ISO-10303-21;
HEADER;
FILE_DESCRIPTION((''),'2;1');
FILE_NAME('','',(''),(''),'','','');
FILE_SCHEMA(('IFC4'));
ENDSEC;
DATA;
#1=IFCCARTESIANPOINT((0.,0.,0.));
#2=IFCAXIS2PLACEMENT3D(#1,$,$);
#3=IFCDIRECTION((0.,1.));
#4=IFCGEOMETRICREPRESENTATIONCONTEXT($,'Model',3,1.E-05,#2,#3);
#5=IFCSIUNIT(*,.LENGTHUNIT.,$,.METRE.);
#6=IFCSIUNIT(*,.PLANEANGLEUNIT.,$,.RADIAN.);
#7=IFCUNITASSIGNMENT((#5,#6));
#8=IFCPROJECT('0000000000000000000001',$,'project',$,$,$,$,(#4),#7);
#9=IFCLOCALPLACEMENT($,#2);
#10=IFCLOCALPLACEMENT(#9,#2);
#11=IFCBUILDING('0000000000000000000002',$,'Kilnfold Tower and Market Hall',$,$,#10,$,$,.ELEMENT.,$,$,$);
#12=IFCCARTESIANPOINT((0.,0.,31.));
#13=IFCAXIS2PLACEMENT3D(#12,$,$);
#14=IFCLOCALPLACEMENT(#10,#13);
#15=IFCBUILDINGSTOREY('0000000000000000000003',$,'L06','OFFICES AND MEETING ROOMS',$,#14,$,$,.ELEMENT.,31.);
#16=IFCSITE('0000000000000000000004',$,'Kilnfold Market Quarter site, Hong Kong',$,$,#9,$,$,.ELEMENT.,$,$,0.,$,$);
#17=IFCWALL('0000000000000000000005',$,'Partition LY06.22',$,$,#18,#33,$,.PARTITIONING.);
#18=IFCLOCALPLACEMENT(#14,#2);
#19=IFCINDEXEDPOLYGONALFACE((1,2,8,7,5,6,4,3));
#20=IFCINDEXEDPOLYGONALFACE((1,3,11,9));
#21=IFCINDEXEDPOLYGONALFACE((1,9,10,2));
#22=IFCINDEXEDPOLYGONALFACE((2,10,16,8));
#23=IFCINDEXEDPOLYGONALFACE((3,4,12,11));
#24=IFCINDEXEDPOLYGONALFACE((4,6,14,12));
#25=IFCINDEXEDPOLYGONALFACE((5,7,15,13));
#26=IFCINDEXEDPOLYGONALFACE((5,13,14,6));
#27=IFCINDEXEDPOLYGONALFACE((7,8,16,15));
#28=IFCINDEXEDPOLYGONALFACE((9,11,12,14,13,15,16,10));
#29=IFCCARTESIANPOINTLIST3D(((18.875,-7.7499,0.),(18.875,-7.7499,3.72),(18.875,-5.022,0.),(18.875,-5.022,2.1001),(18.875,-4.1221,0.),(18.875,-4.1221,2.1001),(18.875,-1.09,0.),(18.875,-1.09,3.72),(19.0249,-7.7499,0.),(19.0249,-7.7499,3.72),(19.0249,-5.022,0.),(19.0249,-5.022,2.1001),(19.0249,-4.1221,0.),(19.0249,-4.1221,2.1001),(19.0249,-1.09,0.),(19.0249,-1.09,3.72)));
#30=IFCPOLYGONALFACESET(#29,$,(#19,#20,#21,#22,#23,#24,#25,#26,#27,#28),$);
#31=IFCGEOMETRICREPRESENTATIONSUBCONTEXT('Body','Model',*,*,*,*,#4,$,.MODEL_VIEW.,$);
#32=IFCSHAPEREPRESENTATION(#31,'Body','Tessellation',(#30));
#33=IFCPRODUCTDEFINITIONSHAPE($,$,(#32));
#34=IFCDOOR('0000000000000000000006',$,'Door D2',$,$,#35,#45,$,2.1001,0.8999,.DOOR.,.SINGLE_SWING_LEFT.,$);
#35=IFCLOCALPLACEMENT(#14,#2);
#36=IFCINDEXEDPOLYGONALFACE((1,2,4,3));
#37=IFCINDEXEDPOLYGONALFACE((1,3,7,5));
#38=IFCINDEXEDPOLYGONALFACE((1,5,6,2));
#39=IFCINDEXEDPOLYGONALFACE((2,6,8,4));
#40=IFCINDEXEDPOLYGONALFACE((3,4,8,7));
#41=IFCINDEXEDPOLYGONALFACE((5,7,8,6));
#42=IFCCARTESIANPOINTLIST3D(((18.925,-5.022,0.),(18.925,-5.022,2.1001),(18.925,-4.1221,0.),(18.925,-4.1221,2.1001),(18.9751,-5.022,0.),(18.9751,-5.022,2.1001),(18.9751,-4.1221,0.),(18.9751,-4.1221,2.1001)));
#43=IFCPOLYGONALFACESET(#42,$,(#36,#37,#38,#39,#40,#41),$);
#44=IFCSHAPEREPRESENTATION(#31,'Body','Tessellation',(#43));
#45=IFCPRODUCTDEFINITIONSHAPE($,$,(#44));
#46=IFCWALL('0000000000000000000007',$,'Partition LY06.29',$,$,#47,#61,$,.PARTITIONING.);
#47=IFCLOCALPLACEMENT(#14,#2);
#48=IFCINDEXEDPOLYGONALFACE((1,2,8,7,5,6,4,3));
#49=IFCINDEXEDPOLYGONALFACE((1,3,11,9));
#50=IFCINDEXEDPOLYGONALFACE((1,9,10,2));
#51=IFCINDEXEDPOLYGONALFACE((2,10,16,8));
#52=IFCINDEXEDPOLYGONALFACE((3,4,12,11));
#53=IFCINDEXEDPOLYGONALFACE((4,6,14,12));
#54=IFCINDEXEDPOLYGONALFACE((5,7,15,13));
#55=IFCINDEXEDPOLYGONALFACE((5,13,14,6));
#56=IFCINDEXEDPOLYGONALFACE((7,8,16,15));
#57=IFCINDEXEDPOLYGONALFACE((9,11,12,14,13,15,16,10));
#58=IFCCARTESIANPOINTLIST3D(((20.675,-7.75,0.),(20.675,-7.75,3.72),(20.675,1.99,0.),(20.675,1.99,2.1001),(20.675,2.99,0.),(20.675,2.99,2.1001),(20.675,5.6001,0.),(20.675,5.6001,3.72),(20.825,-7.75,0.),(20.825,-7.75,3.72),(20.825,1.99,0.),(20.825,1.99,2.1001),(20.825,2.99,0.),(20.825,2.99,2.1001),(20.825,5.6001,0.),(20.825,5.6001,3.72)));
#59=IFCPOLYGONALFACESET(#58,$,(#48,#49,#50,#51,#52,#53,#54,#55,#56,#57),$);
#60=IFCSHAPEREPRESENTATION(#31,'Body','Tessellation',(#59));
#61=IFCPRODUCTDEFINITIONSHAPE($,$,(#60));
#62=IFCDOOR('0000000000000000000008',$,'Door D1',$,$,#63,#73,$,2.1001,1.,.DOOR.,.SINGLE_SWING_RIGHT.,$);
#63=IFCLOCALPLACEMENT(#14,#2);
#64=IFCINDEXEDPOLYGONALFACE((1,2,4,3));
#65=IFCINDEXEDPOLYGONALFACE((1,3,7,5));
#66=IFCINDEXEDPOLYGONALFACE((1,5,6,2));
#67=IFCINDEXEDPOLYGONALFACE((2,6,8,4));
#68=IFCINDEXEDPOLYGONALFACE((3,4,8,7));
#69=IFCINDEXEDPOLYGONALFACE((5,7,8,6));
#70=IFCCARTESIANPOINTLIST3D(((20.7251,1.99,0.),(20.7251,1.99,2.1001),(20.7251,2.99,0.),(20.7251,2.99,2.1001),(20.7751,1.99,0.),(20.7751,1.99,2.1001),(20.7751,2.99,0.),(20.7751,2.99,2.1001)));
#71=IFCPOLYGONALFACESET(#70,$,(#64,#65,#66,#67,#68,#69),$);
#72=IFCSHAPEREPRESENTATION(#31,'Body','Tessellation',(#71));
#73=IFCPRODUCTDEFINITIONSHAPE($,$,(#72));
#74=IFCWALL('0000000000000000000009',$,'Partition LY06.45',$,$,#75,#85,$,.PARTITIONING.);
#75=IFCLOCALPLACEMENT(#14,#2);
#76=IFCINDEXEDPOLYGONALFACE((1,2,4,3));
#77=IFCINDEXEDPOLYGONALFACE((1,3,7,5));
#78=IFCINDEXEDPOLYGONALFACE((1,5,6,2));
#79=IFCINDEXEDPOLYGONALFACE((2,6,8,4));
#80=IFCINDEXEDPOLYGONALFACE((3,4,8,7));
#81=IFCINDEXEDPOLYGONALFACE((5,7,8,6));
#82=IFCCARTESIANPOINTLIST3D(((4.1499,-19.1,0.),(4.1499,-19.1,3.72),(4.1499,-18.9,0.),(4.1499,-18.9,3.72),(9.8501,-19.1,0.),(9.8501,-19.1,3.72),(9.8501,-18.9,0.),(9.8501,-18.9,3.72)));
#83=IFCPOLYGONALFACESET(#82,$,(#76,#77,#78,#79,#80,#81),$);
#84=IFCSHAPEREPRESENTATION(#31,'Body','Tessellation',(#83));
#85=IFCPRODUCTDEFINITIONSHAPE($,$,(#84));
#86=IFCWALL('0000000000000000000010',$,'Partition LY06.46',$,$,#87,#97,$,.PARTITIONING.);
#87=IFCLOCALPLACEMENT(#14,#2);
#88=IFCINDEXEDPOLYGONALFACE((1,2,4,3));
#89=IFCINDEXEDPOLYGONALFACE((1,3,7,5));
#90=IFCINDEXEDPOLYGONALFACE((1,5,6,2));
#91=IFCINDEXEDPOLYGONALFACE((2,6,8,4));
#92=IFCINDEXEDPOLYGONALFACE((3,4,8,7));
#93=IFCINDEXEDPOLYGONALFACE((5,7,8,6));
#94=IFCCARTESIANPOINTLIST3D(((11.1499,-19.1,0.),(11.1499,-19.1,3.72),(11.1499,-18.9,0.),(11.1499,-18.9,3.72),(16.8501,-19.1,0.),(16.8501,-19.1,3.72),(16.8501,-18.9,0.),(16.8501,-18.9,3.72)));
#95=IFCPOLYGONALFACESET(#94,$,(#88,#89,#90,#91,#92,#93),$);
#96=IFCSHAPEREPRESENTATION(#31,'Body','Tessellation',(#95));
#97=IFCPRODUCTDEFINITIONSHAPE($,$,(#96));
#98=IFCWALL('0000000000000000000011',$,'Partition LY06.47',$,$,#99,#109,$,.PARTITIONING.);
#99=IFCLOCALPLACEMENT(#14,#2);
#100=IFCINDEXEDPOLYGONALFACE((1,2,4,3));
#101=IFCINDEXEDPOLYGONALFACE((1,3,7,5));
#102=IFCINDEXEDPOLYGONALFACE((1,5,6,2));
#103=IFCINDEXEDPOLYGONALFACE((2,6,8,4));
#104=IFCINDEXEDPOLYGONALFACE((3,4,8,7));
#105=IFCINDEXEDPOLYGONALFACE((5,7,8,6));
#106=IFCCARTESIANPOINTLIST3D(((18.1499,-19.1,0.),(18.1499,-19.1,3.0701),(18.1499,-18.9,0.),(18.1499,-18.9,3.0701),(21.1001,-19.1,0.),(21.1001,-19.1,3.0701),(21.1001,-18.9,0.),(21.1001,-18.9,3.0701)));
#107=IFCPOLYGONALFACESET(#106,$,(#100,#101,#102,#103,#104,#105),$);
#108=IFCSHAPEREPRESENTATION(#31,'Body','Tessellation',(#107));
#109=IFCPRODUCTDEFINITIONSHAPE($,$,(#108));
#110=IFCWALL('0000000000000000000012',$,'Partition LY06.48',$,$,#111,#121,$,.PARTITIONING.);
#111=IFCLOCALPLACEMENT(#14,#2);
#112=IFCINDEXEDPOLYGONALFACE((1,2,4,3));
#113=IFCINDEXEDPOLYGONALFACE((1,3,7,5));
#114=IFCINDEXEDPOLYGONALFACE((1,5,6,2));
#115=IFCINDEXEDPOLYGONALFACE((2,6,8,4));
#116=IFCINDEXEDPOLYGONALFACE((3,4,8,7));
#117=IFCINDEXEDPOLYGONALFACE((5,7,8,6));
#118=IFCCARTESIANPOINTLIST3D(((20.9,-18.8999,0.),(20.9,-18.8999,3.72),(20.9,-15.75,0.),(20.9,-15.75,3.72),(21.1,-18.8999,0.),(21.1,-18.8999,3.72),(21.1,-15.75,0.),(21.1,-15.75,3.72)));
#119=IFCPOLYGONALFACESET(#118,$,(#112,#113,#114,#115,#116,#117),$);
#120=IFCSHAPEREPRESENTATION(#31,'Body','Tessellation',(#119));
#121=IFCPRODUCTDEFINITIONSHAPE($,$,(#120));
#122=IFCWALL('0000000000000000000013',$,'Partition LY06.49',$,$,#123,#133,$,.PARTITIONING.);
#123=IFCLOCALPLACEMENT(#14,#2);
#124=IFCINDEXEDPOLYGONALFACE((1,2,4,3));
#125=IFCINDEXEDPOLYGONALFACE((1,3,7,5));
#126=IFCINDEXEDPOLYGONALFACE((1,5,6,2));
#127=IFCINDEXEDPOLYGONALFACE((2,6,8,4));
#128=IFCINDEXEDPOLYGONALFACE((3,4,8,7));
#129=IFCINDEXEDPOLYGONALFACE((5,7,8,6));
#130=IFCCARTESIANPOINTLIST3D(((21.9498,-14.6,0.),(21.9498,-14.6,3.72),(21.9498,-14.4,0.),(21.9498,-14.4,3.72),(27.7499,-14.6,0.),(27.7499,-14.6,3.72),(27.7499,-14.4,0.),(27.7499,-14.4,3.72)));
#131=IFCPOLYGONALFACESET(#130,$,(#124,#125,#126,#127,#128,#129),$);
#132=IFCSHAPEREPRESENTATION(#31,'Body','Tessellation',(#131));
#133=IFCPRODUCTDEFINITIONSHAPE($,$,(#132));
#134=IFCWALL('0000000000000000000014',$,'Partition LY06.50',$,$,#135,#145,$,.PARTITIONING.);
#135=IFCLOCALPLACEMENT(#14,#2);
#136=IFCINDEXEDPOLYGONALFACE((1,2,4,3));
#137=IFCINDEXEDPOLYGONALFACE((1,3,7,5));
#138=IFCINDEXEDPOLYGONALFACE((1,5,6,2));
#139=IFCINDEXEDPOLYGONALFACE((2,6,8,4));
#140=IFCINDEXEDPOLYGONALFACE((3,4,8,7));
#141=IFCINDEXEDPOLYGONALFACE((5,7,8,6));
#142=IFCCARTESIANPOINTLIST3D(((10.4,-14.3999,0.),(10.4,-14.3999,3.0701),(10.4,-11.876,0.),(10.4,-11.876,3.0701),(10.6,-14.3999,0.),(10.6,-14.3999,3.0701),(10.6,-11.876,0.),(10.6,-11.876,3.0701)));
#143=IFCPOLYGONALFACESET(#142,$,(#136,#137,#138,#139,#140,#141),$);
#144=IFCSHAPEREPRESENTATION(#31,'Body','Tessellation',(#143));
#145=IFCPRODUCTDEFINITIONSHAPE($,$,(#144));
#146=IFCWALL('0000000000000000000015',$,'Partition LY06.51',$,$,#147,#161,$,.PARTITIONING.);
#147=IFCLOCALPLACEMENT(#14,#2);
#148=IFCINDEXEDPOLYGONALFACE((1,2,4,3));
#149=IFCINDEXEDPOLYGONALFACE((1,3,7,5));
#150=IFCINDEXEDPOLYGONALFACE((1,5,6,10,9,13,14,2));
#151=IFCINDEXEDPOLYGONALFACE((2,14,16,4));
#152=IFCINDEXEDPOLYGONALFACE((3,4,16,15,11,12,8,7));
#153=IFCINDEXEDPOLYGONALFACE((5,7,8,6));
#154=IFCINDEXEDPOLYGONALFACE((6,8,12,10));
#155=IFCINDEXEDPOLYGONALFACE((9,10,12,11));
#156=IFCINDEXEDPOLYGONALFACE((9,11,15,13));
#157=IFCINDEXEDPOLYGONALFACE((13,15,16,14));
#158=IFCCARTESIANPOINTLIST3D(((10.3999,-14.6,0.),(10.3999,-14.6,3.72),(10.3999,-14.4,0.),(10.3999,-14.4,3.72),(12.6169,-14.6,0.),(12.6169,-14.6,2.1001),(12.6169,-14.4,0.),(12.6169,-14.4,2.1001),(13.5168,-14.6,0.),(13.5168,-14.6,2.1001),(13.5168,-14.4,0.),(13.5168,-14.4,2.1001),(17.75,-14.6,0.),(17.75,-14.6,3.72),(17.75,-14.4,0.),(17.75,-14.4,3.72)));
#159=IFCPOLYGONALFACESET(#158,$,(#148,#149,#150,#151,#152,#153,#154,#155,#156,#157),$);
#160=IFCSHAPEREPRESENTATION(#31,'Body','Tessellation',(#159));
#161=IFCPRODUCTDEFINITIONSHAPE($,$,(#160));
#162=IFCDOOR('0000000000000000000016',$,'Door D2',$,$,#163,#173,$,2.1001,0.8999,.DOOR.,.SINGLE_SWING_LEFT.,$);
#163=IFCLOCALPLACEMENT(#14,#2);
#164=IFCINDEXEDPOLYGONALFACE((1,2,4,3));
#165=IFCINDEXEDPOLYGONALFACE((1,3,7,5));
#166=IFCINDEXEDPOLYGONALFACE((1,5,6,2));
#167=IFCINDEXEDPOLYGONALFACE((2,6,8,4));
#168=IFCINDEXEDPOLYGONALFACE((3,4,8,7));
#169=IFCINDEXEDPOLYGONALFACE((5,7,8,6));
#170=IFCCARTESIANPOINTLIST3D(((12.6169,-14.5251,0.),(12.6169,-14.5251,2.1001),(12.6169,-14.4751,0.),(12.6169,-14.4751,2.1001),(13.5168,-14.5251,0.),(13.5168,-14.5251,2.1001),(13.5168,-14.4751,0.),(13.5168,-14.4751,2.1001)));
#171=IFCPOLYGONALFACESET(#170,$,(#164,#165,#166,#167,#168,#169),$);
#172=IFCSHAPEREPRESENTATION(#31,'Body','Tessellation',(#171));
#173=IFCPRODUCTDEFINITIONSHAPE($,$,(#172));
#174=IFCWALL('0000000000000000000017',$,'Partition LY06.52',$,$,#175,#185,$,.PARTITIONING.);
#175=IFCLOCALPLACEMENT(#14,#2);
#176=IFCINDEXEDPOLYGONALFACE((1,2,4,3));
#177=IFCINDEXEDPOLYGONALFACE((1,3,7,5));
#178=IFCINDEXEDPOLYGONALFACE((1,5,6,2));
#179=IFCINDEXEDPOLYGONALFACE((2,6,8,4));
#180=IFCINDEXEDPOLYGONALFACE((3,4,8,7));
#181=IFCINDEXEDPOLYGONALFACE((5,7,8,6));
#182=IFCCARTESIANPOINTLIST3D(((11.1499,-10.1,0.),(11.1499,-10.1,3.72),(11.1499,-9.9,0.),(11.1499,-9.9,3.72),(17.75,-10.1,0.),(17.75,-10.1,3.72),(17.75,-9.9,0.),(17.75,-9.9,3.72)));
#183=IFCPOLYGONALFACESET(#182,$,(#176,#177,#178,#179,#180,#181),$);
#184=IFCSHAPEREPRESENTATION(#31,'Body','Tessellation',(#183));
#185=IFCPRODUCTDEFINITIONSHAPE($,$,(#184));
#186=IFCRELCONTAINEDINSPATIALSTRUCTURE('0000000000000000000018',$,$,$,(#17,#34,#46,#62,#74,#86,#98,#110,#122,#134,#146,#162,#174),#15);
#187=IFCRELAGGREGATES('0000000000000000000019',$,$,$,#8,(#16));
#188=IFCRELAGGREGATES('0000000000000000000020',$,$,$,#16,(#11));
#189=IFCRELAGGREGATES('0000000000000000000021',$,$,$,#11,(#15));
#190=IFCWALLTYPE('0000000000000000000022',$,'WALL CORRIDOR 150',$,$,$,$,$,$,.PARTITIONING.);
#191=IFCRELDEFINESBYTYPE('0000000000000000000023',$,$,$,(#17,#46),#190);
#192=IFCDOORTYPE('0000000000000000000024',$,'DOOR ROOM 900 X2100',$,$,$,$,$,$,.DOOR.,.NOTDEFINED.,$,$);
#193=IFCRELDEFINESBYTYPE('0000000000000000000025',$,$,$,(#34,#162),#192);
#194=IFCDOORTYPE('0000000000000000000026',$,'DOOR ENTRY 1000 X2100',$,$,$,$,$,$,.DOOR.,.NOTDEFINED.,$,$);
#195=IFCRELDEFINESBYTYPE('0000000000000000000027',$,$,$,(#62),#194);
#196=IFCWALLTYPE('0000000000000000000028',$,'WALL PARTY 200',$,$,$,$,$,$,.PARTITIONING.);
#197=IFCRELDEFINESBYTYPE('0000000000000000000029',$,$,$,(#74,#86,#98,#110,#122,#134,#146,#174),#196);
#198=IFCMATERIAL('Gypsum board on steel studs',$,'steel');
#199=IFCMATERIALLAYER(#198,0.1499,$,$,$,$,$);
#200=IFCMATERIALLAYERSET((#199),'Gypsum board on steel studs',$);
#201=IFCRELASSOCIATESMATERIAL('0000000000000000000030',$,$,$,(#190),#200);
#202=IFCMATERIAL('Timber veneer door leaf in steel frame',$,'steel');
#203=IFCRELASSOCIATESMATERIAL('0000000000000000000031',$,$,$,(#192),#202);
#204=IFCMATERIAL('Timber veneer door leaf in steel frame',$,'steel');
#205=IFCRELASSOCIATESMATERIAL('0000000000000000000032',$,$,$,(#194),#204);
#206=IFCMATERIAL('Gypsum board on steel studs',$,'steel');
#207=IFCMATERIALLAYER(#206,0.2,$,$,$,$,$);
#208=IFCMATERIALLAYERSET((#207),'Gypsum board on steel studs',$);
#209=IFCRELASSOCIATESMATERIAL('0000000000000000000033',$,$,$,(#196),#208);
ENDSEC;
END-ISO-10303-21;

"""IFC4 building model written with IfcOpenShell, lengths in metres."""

from ifc_helpers import new_model, si_unit, direction, frame, frame_2d, origin, place, context, subcontext, project, spatial, rectangle, extrude, material, layer, layer_set, type_object, element, fill, save


model = new_model("IFC4")

# Units and contexts
model_context = context("Model", 3, precision=1e-05, world=origin(), true_north=direction((0.0, 1.0)))
body_context = subcontext(model_context, "Body", "Model", "MODEL_VIEW")
ifc_project = project(units=[si_unit("LENGTHUNIT", "METRE"), si_unit("PLANEANGLEUNIT", "RADIAN")], contexts=[model_context])

# Site, building, storey
site_placement = place(None, origin())
site = spatial("IfcSite", under=ifc_project, at=site_placement, Name="Kilnfold Market Quarter site, Hong Kong", CompositionType="ELEMENT", RefElevation=0.0)
building_placement = place(site_placement, origin())
building = spatial("IfcBuilding", under=site, at=building_placement, Name="Kilnfold Tower and Market Hall", CompositionType="ELEMENT")
storey_placement = place(building_placement, frame((0.0, 0.0, 31.0)))
storey = spatial("IfcBuildingStorey", under=building, at=storey_placement, Name="L06", Description="OFFICES AND MEETING ROOMS", CompositionType="ELEMENT", Elevation=31.0)

# Shared definitions
ifc_material_1 = material(Name="Gypsum board on steel studs", Category="steel")
ifc_layer_1 = layer(ifc_material_1, 0.1499)
ifc_layer_set_1 = layer_set([ifc_layer_1], Name="Gypsum board on steel studs")
wall_type_1 = type_object("IfcWallType", Name="WALL CORRIDOR 150", PredefinedType="PARTITIONING", material=ifc_layer_set_1)

# Walls, openings, doors
wall_1_placement = place(storey_placement, frame((18.95, -7.75, 0.0), z_axis=(0.0, 0.0, 1.0), x_axis=(0.0, 1.0, 0.0)))
wall_1 = element("IfcWall", 1, at=wall_1_placement, inside=storey, type_object=wall_type_1, Name="Partition LY06.22", PredefinedType="PARTITIONING", context=body_context, shape_type="SweptSolid", body=[
    extrude(rectangle(XDim=6.6599, YDim=0.1499, at=frame_2d((3.3301, 0.0))), origin(), (0.0, 0.0, 1.0), 3.72),
])
opening_1_placement = place(wall_1_placement, frame((2.728, 0.0, 0.0)))
opening_1 = element("IfcOpeningElement", 2, at=opening_1_placement, cuts=wall_1, PredefinedType="OPENING", context=body_context, shape_type="SweptSolid", body=[
    extrude(rectangle(XDim=0.8999, YDim=2.1001, at=frame_2d((0.45, 1.05))), frame((0.0, 0.085, 0.0), z_axis=(0.0, -1.0, 0.0), x_axis=(1.0, 0.0, 0.0)), (0.0, 0.0, 1.0), 0.1699),
])
ifc_material_2 = material(Name="Timber veneer door leaf in steel frame", Category="steel")
door_type_1 = type_object("IfcDoorType", Name="DOOR ROOM 900 X2100", OperationType="NOTDEFINED", PredefinedType="DOOR", material=ifc_material_2)
door_1_placement = place(opening_1_placement, origin())
door_1 = element("IfcDoor", 3, at=door_1_placement, inside=storey, type_object=door_type_1, Name="Door D2", OperationType="SINGLE_SWING_LEFT", OverallHeight=2.1001, OverallWidth=0.8999, PredefinedType="DOOR", context=body_context, shape_type="SweptSolid", body=[
    extrude(rectangle(XDim=0.8999, YDim=2.1001, at=frame_2d((0.45, 1.05))), frame((0.0, 0.0249, 0.0), z_axis=(0.0, -1.0, 0.0), x_axis=(1.0, 0.0, 0.0)), (0.0, 0.0, 1.0), 0.05),
])
fill(opening_1, door_1)
wall_2_placement = place(storey_placement, frame((20.75, -7.75, 0.0), z_axis=(0.0, 0.0, 1.0), x_axis=(0.0, 1.0, 0.0)))
wall_2 = element("IfcWall", 4, at=wall_2_placement, inside=storey, type_object=wall_type_1, Name="Partition LY06.29", PredefinedType="PARTITIONING", context=body_context, shape_type="SweptSolid", body=[
    extrude(rectangle(XDim=13.3501, YDim=0.1499, at=frame_2d((6.675, 0.0))), origin(), (0.0, 0.0, 1.0), 3.72),
])
opening_2_placement = place(wall_2_placement, frame((9.74, 0.0, 0.0)))
opening_2 = element("IfcOpeningElement", 5, at=opening_2_placement, cuts=wall_2, PredefinedType="OPENING", context=body_context, shape_type="SweptSolid", body=[
    extrude(rectangle(XDim=1.0, YDim=2.1001, at=frame_2d((0.5, 1.05))), frame((0.0, 0.085, 0.0), z_axis=(0.0, -1.0, 0.0), x_axis=(1.0, 0.0, 0.0)), (0.0, 0.0, 1.0), 0.1699),
])
ifc_material_3 = material(Name="Timber veneer door leaf in steel frame", Category="steel")
door_type_2 = type_object("IfcDoorType", Name="DOOR ENTRY 1000 X2100", OperationType="NOTDEFINED", PredefinedType="DOOR", material=ifc_material_3)
door_2_placement = place(opening_2_placement, origin())
door_2 = element("IfcDoor", 6, at=door_2_placement, inside=storey, type_object=door_type_2, Name="Door D1", OperationType="SINGLE_SWING_RIGHT", OverallHeight=2.1001, OverallWidth=1.0, PredefinedType="DOOR", context=body_context, shape_type="SweptSolid", body=[
    extrude(rectangle(XDim=1.0, YDim=2.1001, at=frame_2d((0.5, 1.05))), frame((0.0, 0.0249, 0.0), z_axis=(0.0, -1.0, 0.0), x_axis=(1.0, 0.0, 0.0)), (0.0, 0.0, 1.0), 0.05),
])
fill(opening_2, door_2)

# Walls
ifc_material_4 = material(Name="Gypsum board on steel studs", Category="steel")
ifc_layer_2 = layer(ifc_material_4, 0.2)
ifc_layer_set_2 = layer_set([ifc_layer_2], Name="Gypsum board on steel studs")
wall_type_2 = type_object("IfcWallType", Name="WALL PARTY 200", PredefinedType="PARTITIONING", material=ifc_layer_set_2)
for number, where, z_axis, x_axis, name in (
    (7, (4.1499, -19.0, 0.0), (0.0, 0.0, 1.0), (1.0, 0.0, 0.0), "Partition LY06.45"),
    (8, (11.1499, -19.0, 0.0), (0.0, 0.0, 1.0), (1.0, 0.0, 0.0), "Partition LY06.46"),
):
    element("IfcWall", number, at=place(storey_placement, frame(where, z_axis=z_axis, x_axis=x_axis)), inside=storey, type_object=wall_type_2, Name=name, PredefinedType="PARTITIONING", context=body_context, shape_type="SweptSolid", body=[
        extrude(rectangle(XDim=5.7002, YDim=0.2, at=frame_2d((2.8501, 0.0))), origin(), (0.0, 0.0, 1.0), 3.72),
    ])
wall_3_placement = place(storey_placement, frame((18.1499, -19.0, 0.0), z_axis=(0.0, 0.0, 1.0), x_axis=(1.0, 0.0, 0.0)))
element("IfcWall", 9, at=wall_3_placement, inside=storey, type_object=wall_type_2, Name="Partition LY06.47", PredefinedType="PARTITIONING", context=body_context, shape_type="SweptSolid", body=[
    extrude(rectangle(XDim=2.9502, YDim=0.2, at=frame_2d((1.4751, 0.0))), origin(), (0.0, 0.0, 1.0), 3.0701),
])
wall_4_placement = place(storey_placement, frame((21.0, -15.75, 0.0), z_axis=(0.0, 0.0, 1.0), x_axis=(0.0, -1.0, 0.0)))
element("IfcWall", 10, at=wall_4_placement, inside=storey, type_object=wall_type_2, Name="Partition LY06.48", PredefinedType="PARTITIONING", context=body_context, shape_type="SweptSolid", body=[
    extrude(rectangle(XDim=3.1499, YDim=0.2, at=frame_2d((1.575, 0.0))), origin(), (0.0, 0.0, 1.0), 3.72),
])
wall_5_placement = place(storey_placement, frame((21.95, -14.5, 0.0), z_axis=(0.0, 0.0, 1.0), x_axis=(1.0, 0.0, 0.0)))
element("IfcWall", 11, at=wall_5_placement, inside=storey, type_object=wall_type_2, Name="Partition LY06.49", PredefinedType="PARTITIONING", context=body_context, shape_type="SweptSolid", body=[
    extrude(rectangle(XDim=5.8, YDim=0.2, at=frame_2d((2.8999, 0.0))), origin(), (0.0, 0.0, 1.0), 3.72),
])
wall_6_placement = place(storey_placement, frame((10.5, -14.3999, 0.0), z_axis=(0.0, 0.0, 1.0), x_axis=(0.0, 1.0, 0.0)))
element("IfcWall", 12, at=wall_6_placement, inside=storey, type_object=wall_type_2, Name="Partition LY06.50", PredefinedType="PARTITIONING", context=body_context, shape_type="SweptSolid", body=[
    extrude(rectangle(XDim=2.5239, YDim=0.2, at=frame_2d((1.262, 0.0))), origin(), (0.0, 0.0, 1.0), 3.0701),
])

# Wall, opening, door
wall_7_placement = place(storey_placement, frame((10.3999, -14.5, 0.0), z_axis=(0.0, 0.0, 1.0), x_axis=(1.0, 0.0, 0.0)))
wall_7 = element("IfcWall", 13, at=wall_7_placement, inside=storey, type_object=wall_type_2, Name="Partition LY06.51", PredefinedType="PARTITIONING", context=body_context, shape_type="SweptSolid", body=[
    extrude(rectangle(XDim=7.3501, YDim=0.2, at=frame_2d((3.675, 0.0))), origin(), (0.0, 0.0, 1.0), 3.72),
])
opening_3_placement = place(wall_7_placement, frame((2.217, 0.0, 0.0)))
opening_3 = element("IfcOpeningElement", 14, at=opening_3_placement, cuts=wall_7, PredefinedType="OPENING", context=body_context, shape_type="SweptSolid", body=[
    extrude(rectangle(XDim=0.8999, YDim=2.1001, at=frame_2d((0.45, 1.05))), frame((0.0, 0.1099, 0.0), z_axis=(0.0, -1.0, 0.0), x_axis=(1.0, 0.0, 0.0)), (0.0, 0.0, 1.0), 0.22),
])
door_3_placement = place(opening_3_placement, origin())
door_3 = element("IfcDoor", 15, at=door_3_placement, inside=storey, type_object=door_type_1, Name="Door D2", OperationType="SINGLE_SWING_LEFT", OverallHeight=2.1001, OverallWidth=0.8999, PredefinedType="DOOR", context=body_context, shape_type="SweptSolid", body=[
    extrude(rectangle(XDim=0.8999, YDim=2.1001, at=frame_2d((0.45, 1.05))), frame((0.0, 0.0249, 0.0), z_axis=(0.0, -1.0, 0.0), x_axis=(1.0, 0.0, 0.0)), (0.0, 0.0, 1.0), 0.05),
])
fill(opening_3, door_3)

# Wall
wall_8_placement = place(storey_placement, frame((11.1499, -10.0, 0.0), z_axis=(0.0, 0.0, 1.0), x_axis=(1.0, 0.0, 0.0)))
element("IfcWall", 16, at=wall_8_placement, inside=storey, type_object=wall_type_2, Name="Partition LY06.52", PredefinedType="PARTITIONING", context=body_context, shape_type="SweptSolid", body=[
    extrude(rectangle(XDim=6.6001, YDim=0.2, at=frame_2d((3.3, 0.0))), origin(), (0.0, 0.0, 1.0), 3.72),
])

save(model, "model.ifc")
